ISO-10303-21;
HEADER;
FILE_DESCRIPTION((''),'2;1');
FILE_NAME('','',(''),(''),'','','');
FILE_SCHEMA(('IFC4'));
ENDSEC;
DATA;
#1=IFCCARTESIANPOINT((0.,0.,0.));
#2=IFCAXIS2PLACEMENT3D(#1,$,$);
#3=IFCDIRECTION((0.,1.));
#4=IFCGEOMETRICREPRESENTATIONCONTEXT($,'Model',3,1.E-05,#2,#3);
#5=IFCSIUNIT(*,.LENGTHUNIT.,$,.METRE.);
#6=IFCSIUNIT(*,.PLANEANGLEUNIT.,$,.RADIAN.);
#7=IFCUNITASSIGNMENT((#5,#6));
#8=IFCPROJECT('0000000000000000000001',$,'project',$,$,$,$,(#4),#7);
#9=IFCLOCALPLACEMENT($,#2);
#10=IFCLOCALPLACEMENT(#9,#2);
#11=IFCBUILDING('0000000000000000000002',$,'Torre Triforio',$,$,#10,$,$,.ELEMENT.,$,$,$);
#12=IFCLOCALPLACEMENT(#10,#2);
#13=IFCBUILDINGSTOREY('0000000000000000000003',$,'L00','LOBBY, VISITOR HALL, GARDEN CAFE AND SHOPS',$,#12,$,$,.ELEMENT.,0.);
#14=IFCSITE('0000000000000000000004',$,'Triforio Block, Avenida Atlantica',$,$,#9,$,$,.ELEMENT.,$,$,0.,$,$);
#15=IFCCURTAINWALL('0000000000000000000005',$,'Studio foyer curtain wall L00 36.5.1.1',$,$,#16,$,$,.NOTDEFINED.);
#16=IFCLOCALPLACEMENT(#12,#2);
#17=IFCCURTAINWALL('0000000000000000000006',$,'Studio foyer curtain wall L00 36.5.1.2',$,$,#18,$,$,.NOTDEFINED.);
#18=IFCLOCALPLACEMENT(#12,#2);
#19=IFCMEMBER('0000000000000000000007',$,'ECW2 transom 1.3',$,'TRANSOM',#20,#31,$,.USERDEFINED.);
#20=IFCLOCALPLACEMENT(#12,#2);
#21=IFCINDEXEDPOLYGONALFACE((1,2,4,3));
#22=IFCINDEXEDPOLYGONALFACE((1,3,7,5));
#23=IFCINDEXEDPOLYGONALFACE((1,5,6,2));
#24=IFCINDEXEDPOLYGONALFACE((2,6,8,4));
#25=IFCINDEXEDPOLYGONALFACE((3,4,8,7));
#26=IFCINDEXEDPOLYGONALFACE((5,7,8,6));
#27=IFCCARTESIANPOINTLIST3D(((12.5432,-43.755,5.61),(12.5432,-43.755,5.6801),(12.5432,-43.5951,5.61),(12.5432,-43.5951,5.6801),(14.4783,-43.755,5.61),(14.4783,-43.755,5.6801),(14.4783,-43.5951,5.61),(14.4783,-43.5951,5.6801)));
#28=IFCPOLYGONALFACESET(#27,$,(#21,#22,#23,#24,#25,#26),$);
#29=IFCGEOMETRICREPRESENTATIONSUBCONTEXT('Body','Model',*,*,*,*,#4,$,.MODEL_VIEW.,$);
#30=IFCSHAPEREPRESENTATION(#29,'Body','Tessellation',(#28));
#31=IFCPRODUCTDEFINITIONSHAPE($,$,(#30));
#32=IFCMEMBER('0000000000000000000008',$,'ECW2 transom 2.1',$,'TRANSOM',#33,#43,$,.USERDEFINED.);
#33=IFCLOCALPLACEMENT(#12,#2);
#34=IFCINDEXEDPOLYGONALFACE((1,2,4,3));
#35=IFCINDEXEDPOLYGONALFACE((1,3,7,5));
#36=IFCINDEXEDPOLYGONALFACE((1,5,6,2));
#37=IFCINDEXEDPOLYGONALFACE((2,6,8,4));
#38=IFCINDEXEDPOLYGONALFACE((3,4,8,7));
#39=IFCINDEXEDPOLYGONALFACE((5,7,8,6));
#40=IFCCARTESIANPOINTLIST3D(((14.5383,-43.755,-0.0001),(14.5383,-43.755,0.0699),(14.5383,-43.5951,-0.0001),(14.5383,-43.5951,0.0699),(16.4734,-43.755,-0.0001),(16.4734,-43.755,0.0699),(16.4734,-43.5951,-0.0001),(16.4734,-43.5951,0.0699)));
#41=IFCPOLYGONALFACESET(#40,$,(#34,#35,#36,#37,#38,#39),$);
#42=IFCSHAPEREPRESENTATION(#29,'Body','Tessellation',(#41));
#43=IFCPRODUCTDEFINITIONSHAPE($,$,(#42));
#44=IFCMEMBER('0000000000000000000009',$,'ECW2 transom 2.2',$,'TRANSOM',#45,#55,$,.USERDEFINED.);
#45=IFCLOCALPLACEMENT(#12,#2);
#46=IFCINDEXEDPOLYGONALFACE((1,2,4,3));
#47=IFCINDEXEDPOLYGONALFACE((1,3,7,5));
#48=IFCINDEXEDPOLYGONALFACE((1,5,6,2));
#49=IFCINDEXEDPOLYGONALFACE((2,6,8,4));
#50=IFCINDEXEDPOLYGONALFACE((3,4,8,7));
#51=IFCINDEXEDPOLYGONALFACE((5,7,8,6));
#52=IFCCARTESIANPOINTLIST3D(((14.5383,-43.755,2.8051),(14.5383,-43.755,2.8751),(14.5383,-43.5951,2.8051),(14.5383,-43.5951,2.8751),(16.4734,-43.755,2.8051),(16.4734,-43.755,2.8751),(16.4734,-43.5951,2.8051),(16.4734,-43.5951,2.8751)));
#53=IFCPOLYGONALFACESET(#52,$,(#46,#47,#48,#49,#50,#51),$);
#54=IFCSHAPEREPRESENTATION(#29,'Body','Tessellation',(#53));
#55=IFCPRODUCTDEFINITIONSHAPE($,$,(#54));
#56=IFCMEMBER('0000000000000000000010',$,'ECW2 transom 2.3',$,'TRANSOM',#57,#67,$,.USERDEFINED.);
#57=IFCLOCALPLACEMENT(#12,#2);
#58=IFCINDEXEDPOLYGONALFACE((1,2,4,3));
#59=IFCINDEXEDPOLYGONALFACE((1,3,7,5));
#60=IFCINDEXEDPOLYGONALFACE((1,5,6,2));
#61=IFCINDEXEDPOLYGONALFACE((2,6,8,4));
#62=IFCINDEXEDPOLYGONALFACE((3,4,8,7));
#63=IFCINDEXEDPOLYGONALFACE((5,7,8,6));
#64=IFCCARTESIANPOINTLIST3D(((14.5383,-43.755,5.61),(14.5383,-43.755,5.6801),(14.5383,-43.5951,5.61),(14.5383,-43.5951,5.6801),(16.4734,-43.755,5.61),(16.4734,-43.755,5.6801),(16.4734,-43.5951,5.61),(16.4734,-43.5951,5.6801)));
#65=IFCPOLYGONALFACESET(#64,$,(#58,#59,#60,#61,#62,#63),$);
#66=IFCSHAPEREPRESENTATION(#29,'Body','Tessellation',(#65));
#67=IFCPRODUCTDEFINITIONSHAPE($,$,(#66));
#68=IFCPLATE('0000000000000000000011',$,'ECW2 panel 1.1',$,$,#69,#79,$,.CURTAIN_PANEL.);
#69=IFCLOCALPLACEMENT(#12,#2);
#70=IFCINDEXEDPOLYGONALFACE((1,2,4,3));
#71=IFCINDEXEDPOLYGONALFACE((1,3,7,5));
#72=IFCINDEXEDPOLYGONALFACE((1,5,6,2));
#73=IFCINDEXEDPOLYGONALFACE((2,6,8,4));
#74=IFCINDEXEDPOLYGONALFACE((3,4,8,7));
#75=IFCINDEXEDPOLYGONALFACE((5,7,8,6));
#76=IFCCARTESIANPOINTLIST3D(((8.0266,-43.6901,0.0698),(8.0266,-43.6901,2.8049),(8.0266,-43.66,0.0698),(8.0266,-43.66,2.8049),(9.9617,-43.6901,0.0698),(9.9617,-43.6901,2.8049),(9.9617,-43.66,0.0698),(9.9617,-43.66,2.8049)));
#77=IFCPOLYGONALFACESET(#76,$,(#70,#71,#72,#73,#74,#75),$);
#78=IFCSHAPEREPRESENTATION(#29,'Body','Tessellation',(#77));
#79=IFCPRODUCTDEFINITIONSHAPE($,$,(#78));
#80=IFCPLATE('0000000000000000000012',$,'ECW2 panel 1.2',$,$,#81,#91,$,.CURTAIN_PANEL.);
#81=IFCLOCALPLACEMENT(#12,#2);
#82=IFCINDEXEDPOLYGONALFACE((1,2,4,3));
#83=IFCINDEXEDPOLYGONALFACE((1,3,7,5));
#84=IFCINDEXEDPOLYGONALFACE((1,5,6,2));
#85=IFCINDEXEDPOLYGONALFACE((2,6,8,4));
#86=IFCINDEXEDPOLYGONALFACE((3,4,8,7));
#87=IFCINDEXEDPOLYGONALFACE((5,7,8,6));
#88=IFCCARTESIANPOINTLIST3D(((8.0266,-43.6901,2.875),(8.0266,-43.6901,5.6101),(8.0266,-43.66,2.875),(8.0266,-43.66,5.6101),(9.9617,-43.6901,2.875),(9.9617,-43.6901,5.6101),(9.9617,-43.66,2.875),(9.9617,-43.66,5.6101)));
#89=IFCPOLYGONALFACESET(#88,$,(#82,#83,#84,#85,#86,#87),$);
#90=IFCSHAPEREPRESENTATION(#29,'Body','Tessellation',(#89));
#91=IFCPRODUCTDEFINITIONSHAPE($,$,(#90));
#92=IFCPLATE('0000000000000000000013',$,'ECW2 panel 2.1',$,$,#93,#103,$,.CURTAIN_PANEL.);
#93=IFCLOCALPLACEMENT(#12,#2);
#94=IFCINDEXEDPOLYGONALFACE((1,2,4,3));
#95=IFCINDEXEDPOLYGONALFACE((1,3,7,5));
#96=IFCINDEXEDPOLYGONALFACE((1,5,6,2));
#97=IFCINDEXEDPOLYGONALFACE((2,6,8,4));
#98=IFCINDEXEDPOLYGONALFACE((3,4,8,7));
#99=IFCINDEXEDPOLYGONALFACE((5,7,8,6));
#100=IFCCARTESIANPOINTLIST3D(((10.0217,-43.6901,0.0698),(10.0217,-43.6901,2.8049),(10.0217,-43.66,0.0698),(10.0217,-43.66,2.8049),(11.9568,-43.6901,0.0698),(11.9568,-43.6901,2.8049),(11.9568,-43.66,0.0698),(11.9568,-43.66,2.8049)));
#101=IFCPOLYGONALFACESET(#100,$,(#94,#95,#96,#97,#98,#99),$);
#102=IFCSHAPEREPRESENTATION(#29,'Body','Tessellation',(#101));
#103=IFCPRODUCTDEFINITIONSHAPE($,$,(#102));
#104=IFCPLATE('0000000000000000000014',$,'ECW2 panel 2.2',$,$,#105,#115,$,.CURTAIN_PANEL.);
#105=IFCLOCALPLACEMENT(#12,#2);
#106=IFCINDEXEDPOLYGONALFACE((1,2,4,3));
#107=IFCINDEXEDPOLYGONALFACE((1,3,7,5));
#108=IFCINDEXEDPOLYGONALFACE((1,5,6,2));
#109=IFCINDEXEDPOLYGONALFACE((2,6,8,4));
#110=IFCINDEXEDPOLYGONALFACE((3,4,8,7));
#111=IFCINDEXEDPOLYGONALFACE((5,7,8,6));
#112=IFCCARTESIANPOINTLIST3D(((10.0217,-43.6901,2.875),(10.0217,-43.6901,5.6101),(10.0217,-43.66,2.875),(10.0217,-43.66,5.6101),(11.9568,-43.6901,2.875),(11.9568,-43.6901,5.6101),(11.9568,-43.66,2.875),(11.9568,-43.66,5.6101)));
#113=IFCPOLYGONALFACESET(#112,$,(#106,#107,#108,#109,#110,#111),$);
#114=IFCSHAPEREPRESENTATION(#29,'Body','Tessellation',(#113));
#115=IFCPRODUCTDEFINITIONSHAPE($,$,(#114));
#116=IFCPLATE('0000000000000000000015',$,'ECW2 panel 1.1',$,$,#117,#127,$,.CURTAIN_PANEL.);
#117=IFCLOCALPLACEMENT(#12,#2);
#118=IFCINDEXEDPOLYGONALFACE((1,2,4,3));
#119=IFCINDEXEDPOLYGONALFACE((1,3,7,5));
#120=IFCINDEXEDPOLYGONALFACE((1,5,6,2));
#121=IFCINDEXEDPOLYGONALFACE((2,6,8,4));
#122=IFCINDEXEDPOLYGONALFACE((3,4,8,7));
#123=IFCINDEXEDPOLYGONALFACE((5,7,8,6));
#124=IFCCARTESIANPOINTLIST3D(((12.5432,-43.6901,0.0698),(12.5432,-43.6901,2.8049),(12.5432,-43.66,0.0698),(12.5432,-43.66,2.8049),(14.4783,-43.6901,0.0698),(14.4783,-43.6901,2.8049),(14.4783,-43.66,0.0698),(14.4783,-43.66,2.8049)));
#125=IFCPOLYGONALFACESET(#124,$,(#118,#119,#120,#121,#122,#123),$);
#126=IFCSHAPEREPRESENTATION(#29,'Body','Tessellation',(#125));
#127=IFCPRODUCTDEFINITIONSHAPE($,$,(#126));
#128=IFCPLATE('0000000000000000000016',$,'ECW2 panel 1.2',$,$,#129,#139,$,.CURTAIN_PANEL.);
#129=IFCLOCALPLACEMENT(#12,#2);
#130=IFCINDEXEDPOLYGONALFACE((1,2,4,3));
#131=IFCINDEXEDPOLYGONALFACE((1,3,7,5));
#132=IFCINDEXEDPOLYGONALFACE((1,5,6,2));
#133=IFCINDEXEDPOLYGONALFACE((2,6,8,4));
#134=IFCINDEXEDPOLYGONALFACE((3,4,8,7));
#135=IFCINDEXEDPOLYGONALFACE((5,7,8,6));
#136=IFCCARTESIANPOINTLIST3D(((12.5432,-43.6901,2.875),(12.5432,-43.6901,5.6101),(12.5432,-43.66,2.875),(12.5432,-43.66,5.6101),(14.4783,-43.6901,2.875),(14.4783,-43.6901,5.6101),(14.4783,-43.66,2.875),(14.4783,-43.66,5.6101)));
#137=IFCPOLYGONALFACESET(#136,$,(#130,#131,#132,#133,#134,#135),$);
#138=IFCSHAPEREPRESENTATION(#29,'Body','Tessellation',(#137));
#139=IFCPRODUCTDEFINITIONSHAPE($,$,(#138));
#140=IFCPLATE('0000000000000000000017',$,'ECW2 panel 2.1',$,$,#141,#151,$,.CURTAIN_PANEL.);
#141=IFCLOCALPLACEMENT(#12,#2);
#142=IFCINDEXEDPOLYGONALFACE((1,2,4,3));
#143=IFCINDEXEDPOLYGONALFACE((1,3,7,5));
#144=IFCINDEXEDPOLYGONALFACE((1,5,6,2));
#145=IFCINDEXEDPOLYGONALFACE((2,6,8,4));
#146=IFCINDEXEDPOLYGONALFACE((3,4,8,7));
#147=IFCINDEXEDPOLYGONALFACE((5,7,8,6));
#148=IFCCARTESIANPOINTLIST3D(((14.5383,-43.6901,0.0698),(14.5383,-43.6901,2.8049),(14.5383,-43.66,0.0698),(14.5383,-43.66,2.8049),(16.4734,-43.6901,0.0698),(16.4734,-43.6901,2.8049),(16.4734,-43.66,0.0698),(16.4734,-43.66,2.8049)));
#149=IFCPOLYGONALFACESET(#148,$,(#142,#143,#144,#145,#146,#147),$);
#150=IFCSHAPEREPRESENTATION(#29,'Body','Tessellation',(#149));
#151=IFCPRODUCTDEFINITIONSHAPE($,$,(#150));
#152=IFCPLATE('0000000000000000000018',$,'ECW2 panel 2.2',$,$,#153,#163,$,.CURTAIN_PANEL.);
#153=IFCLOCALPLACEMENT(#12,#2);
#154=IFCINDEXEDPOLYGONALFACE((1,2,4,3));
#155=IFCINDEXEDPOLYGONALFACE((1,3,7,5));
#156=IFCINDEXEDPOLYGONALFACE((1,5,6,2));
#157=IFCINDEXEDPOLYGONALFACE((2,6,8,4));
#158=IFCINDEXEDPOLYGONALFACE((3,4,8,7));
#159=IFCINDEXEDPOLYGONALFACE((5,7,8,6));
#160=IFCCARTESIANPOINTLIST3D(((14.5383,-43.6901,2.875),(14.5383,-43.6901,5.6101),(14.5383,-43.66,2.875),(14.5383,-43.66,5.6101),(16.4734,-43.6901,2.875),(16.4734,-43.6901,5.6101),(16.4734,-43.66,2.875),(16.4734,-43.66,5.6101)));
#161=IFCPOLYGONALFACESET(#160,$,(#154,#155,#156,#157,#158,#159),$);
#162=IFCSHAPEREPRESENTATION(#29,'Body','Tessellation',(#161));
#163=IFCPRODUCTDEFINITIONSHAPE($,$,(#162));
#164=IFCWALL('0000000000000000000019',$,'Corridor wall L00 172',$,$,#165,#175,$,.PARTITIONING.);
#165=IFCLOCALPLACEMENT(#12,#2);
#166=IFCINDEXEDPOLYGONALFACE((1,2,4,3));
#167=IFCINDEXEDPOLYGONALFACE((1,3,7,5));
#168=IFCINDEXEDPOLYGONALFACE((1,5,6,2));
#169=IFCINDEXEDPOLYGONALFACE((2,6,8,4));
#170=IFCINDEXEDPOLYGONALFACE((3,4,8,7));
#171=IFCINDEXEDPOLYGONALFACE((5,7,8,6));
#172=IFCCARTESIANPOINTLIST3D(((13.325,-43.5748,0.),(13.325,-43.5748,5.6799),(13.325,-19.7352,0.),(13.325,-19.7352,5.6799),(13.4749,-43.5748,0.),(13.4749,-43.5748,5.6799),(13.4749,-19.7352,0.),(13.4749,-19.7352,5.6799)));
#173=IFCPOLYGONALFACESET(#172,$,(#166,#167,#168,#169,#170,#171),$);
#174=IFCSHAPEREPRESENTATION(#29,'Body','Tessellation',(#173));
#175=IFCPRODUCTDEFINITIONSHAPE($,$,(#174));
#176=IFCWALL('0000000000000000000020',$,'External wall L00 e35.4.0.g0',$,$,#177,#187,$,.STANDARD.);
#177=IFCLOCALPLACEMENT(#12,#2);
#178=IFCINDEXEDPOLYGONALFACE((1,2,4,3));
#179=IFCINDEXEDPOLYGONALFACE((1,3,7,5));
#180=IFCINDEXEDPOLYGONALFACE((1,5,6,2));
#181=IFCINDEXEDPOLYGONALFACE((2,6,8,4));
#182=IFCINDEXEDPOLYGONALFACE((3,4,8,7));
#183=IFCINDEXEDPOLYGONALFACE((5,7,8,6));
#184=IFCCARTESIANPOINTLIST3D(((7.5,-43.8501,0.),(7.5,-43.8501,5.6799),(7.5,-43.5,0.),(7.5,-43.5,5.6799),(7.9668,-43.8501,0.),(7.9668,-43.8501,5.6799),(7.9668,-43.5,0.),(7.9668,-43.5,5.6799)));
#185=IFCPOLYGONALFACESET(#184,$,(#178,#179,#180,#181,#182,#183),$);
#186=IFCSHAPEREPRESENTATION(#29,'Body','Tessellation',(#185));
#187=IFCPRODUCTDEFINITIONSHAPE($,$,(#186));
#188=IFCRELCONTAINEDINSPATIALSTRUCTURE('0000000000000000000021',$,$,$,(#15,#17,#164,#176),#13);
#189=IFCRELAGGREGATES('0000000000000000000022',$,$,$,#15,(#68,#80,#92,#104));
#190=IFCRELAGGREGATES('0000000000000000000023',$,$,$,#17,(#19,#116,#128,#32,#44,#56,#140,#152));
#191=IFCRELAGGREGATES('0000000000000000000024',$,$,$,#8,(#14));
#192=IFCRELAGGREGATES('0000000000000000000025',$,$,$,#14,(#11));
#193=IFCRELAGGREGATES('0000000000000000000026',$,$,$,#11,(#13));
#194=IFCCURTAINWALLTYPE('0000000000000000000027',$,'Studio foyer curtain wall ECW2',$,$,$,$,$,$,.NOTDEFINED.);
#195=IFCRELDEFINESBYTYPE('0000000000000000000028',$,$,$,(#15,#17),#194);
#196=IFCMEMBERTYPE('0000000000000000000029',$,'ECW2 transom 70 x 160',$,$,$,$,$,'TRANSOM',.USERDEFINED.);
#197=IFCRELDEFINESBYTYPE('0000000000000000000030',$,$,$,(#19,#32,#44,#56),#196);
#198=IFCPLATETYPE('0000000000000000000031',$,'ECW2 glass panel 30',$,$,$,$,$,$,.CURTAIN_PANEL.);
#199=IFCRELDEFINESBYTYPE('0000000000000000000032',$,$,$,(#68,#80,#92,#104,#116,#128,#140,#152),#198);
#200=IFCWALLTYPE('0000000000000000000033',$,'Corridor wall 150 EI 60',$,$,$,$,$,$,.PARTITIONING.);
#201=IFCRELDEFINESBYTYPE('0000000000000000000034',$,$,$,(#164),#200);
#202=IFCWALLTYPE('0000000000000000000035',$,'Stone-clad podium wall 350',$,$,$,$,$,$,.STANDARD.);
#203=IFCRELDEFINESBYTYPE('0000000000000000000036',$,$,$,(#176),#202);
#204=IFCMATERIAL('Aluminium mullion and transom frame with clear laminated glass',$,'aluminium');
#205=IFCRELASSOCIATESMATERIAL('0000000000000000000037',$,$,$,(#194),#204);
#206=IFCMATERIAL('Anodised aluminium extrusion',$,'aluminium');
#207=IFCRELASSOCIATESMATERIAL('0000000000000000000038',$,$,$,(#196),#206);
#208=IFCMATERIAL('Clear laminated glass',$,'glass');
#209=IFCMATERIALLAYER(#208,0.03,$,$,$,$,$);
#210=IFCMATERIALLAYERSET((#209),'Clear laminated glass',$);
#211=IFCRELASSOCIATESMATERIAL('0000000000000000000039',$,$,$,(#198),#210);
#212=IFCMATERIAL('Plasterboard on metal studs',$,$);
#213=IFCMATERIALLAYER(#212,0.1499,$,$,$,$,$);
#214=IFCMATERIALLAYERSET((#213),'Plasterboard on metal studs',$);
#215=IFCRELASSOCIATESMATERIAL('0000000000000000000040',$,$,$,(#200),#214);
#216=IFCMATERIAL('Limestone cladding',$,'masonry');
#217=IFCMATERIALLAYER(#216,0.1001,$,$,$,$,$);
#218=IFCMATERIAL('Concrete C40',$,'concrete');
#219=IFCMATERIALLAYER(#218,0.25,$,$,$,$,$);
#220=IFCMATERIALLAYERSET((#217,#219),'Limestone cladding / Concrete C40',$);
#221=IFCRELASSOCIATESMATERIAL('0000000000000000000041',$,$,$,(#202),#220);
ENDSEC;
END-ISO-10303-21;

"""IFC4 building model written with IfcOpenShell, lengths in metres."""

from ifc_helpers import new_model, si_unit, direction, frame, frame_2d, origin, origin_2d, place, context, subcontext, project, spatial, rectangle, extrude, material, layer, layer_set, material_profile, profile_set, type_object, element, aggregate, save


model = new_model("IFC4")

# Units and contexts
model_context = context("Model", 3, precision=1e-05, world=origin(), true_north=direction((0.0, 1.0)))
body_context = subcontext(model_context, "Body", "Model", "MODEL_VIEW")
ifc_project = project(units=[si_unit("LENGTHUNIT", "METRE"), si_unit("PLANEANGLEUNIT", "RADIAN")], contexts=[model_context])

# Site, building, storey
site_placement = place(None, origin())
site = spatial("IfcSite", under=ifc_project, at=site_placement, Name="Triforio Block, Avenida Atlantica", CompositionType="ELEMENT", RefElevation=0.0)
building_placement = place(site_placement, origin())
building = spatial("IfcBuilding", under=site, at=building_placement, Name="Torre Triforio", CompositionType="ELEMENT")
storey_placement = place(building_placement, origin())
storey = spatial("IfcBuildingStorey", under=building, at=storey_placement, Name="L00", Description="LOBBY, VISITOR HALL, GARDEN CAFE AND SHOPS", CompositionType="ELEMENT", Elevation=0.0)

# Curtain walls
ifc_material_1 = material(Name="Aluminium mullion and transom frame with clear laminated glass", Category="aluminium")
curtain_wall_type = type_object("IfcCurtainWallType", Name="Studio foyer curtain wall ECW2", PredefinedType="NOTDEFINED", material=ifc_material_1)
curtain_wall_1_placement = place(storey_placement, origin())
curtain_wall_1 = element("IfcCurtainWall", 1, at=curtain_wall_1_placement, inside=storey, type_object=curtain_wall_type, Name="Studio foyer curtain wall L00 36.5.1.1", PredefinedType="NOTDEFINED")
ifc_material_2 = material(Name="Anodised aluminium extrusion", Category="aluminium")
curtain_wall_2_placement = place(storey_placement, origin())
curtain_wall_2 = element("IfcCurtainWall", 2, at=curtain_wall_2_placement, inside=storey, type_object=curtain_wall_type, Name="Studio foyer curtain wall L00 36.5.1.2", PredefinedType="NOTDEFINED")

# Members
ifc_material_profile_1 = material_profile(ifc_material_2, rectangle(XDim=0.1599, YDim=0.0701, at=origin_2d()), Name="ECW2 TRANSOM 70x160")
ifc_profile_set_1 = profile_set([ifc_material_profile_1], Name="Anodised aluminium extrusion")
member_type_1 = type_object("IfcMemberType", Name="ECW2 transom 70 x 160", ElementType="TRANSOM", PredefinedType="USERDEFINED", material=ifc_profile_set_1)
member_1_placement = place(storey_placement, frame((12.5432, -43.675, 5.645), z_axis=(1.0, 0.0, 0.0), x_axis=(0.0, 1.0, 0.0)))
member_1 = element("IfcMember", 3, at=member_1_placement, type_object=member_type_1, Name="ECW2 transom 1.3", ObjectType="TRANSOM", PredefinedType="USERDEFINED", context=body_context, shape_type="SweptSolid", body=[
    extrude(rectangle(XDim=0.1599, YDim=0.0701, at=origin_2d()), origin(), (0.0, 0.0, 1.0), 1.9351),
])
member_2_placement = place(storey_placement, frame((14.5383, -43.675, 0.0349), z_axis=(1.0, 0.0, 0.0), x_axis=(0.0, 1.0, 0.0)))
member_2 = element("IfcMember", 4, at=member_2_placement, type_object=member_type_1, Name="ECW2 transom 2.1", ObjectType="TRANSOM", PredefinedType="USERDEFINED", context=body_context, shape_type="SweptSolid", body=[
    extrude(rectangle(XDim=0.1599, YDim=0.0701, at=origin_2d()), origin(), (0.0, 0.0, 1.0), 1.9351),
])
member_3_placement = place(storey_placement, frame((14.5383, -43.675, 2.8401), z_axis=(1.0, 0.0, 0.0), x_axis=(0.0, 1.0, 0.0)))
member_3 = element("IfcMember", 5, at=member_3_placement, type_object=member_type_1, Name="ECW2 transom 2.2", ObjectType="TRANSOM", PredefinedType="USERDEFINED", context=body_context, shape_type="SweptSolid", body=[
    extrude(rectangle(XDim=0.1599, YDim=0.0701, at=origin_2d()), origin(), (0.0, 0.0, 1.0), 1.9351),
])
member_4_placement = place(storey_placement, frame((14.5383, -43.675, 5.645), z_axis=(1.0, 0.0, 0.0), x_axis=(0.0, 1.0, 0.0)))
member_4 = element("IfcMember", 6, at=member_4_placement, type_object=member_type_1, Name="ECW2 transom 2.3", ObjectType="TRANSOM", PredefinedType="USERDEFINED", context=body_context, shape_type="SweptSolid", body=[
    extrude(rectangle(XDim=0.1599, YDim=0.0701, at=origin_2d()), origin(), (0.0, 0.0, 1.0), 1.9351),
])

# Plates
ifc_material_3 = material(Name="Clear laminated glass", Category="glass")
ifc_layer_1 = layer(ifc_material_3, 0.03)
ifc_layer_set_1 = layer_set([ifc_layer_1], Name="Clear laminated glass")
plate_type = type_object("IfcPlateType", Name="ECW2 glass panel 30", PredefinedType="CURTAIN_PANEL", material=ifc_layer_set_1)
plate_1_placement = place(storey_placement, frame((8.9941, -43.675, 0.0698), z_axis=(0.0, 0.0, 1.0), x_axis=(1.0, 0.0, 0.0)))
plate_1 = element("IfcPlate", 7, at=plate_1_placement, type_object=plate_type, Name="ECW2 panel 1.1", PredefinedType="CURTAIN_PANEL", context=body_context, shape_type="SweptSolid", body=[
    extrude(rectangle(XDim=1.9351, YDim=0.03, at=origin_2d()), origin(), (0.0, 0.0, 1.0), 2.7351),
])
plate_2_placement = place(storey_placement, frame((8.9941, -43.675, 2.875), z_axis=(0.0, 0.0, 1.0), x_axis=(1.0, 0.0, 0.0)))
plate_2 = element("IfcPlate", 8, at=plate_2_placement, type_object=plate_type, Name="ECW2 panel 1.2", PredefinedType="CURTAIN_PANEL", context=body_context, shape_type="SweptSolid", body=[
    extrude(rectangle(XDim=1.9351, YDim=0.03, at=origin_2d()), origin(), (0.0, 0.0, 1.0), 2.7351),
])
plate_3_placement = place(storey_placement, frame((10.9893, -43.675, 0.0698), z_axis=(0.0, 0.0, 1.0), x_axis=(1.0, 0.0, 0.0)))
plate_3 = element("IfcPlate", 9, at=plate_3_placement, type_object=plate_type, Name="ECW2 panel 2.1", PredefinedType="CURTAIN_PANEL", context=body_context, shape_type="SweptSolid", body=[
    extrude(rectangle(XDim=1.9351, YDim=0.03, at=origin_2d()), origin(), (0.0, 0.0, 1.0), 2.7351),
])
plate_4_placement = place(storey_placement, frame((10.9893, -43.675, 2.875), z_axis=(0.0, 0.0, 1.0), x_axis=(1.0, 0.0, 0.0)))
plate_4 = element("IfcPlate", 10, at=plate_4_placement, type_object=plate_type, Name="ECW2 panel 2.2", PredefinedType="CURTAIN_PANEL", context=body_context, shape_type="SweptSolid", body=[
    extrude(rectangle(XDim=1.9351, YDim=0.03, at=origin_2d()), origin(), (0.0, 0.0, 1.0), 2.7351),
])
aggregate(curtain_wall_1, [plate_1, plate_2, plate_3, plate_4])
plate_5_placement = place(storey_placement, frame((13.5107, -43.675, 0.0698), z_axis=(0.0, 0.0, 1.0), x_axis=(1.0, 0.0, 0.0)))
plate_5 = element("IfcPlate", 11, at=plate_5_placement, type_object=plate_type, Name="ECW2 panel 1.1", PredefinedType="CURTAIN_PANEL", context=body_context, shape_type="SweptSolid", body=[
    extrude(rectangle(XDim=1.9351, YDim=0.03, at=origin_2d()), origin(), (0.0, 0.0, 1.0), 2.7351),
])
plate_6_placement = place(storey_placement, frame((13.5107, -43.675, 2.875), z_axis=(0.0, 0.0, 1.0), x_axis=(1.0, 0.0, 0.0)))
plate_6 = element("IfcPlate", 12, at=plate_6_placement, type_object=plate_type, Name="ECW2 panel 1.2", PredefinedType="CURTAIN_PANEL", context=body_context, shape_type="SweptSolid", body=[
    extrude(rectangle(XDim=1.9351, YDim=0.03, at=origin_2d()), origin(), (0.0, 0.0, 1.0), 2.7351),
])
plate_7_placement = place(storey_placement, frame((15.5059, -43.675, 0.0698), z_axis=(0.0, 0.0, 1.0), x_axis=(1.0, 0.0, 0.0)))
plate_7 = element("IfcPlate", 13, at=plate_7_placement, type_object=plate_type, Name="ECW2 panel 2.1", PredefinedType="CURTAIN_PANEL", context=body_context, shape_type="SweptSolid", body=[
    extrude(rectangle(XDim=1.9351, YDim=0.03, at=origin_2d()), origin(), (0.0, 0.0, 1.0), 2.7351),
])
plate_8_placement = place(storey_placement, frame((15.5059, -43.675, 2.875), z_axis=(0.0, 0.0, 1.0), x_axis=(1.0, 0.0, 0.0)))
plate_8 = element("IfcPlate", 14, at=plate_8_placement, type_object=plate_type, Name="ECW2 panel 2.2", PredefinedType="CURTAIN_PANEL", context=body_context, shape_type="SweptSolid", body=[
    extrude(rectangle(XDim=1.9351, YDim=0.03, at=origin_2d()), origin(), (0.0, 0.0, 1.0), 2.7351),
])
aggregate(curtain_wall_2, [member_1, plate_5, plate_6, member_2, member_3, member_4, plate_7, plate_8])

# Walls
ifc_material_4 = material(Name="Plasterboard on metal studs")
ifc_layer_2 = layer(ifc_material_4, 0.1499)
ifc_layer_set_2 = layer_set([ifc_layer_2], Name="Plasterboard on metal studs")
wall_type_1 = type_object("IfcWallType", Name="Corridor wall 150 EI 60", PredefinedType="PARTITIONING", material=ifc_layer_set_2)
wall_placement = place(storey_placement, frame((13.3999, -43.575, 0.0), z_axis=(0.0, 0.0, 1.0), x_axis=(0.0, 1.0, 0.0)))
element("IfcWall", 15, at=wall_placement, inside=storey, type_object=wall_type_1, Name="Corridor wall L00 172", PredefinedType="PARTITIONING", context=body_context, shape_type="SweptSolid", body=[
    extrude(rectangle(XDim=23.8396, YDim=0.1499, at=frame_2d((11.9199, 0.0))), origin(), (0.0, 0.0, 1.0), 5.6799),
])
ifc_material_5 = material(Name="Limestone cladding", Category="masonry")
ifc_layer_3 = layer(ifc_material_5, 0.1001)
ifc_material_6 = material(Name="Concrete C40", Category="concrete")
ifc_layer_4 = layer(ifc_material_6, 0.25)
ifc_layer_set_3 = layer_set([ifc_layer_3, ifc_layer_4], Name="Limestone cladding / Concrete C40")
wall_type_2 = type_object("IfcWallType", Name="Stone-clad podium wall 350", PredefinedType="STANDARD", material=ifc_layer_set_3)
for number, where, z_axis, x_axis, name in (
    (16, (7.5, -43.675, 0.0), (0.0, 0.0, 1.0), (1.0, 0.0, 0.0), "External wall L00 e35.4.0.g0"),
):
    element("IfcWall", number, at=place(storey_placement, frame(where, z_axis=z_axis, x_axis=x_axis)), inside=storey, type_object=wall_type_2, Name=name, PredefinedType="STANDARD", context=body_context, shape_type="SweptSolid", body=[
        extrude(rectangle(XDim=0.4668, YDim=0.3501, at=frame_2d((0.2334, 0.0))), origin(), (0.0, 0.0, 1.0), 5.6799),
    ])

save(model, "model.ifc")
